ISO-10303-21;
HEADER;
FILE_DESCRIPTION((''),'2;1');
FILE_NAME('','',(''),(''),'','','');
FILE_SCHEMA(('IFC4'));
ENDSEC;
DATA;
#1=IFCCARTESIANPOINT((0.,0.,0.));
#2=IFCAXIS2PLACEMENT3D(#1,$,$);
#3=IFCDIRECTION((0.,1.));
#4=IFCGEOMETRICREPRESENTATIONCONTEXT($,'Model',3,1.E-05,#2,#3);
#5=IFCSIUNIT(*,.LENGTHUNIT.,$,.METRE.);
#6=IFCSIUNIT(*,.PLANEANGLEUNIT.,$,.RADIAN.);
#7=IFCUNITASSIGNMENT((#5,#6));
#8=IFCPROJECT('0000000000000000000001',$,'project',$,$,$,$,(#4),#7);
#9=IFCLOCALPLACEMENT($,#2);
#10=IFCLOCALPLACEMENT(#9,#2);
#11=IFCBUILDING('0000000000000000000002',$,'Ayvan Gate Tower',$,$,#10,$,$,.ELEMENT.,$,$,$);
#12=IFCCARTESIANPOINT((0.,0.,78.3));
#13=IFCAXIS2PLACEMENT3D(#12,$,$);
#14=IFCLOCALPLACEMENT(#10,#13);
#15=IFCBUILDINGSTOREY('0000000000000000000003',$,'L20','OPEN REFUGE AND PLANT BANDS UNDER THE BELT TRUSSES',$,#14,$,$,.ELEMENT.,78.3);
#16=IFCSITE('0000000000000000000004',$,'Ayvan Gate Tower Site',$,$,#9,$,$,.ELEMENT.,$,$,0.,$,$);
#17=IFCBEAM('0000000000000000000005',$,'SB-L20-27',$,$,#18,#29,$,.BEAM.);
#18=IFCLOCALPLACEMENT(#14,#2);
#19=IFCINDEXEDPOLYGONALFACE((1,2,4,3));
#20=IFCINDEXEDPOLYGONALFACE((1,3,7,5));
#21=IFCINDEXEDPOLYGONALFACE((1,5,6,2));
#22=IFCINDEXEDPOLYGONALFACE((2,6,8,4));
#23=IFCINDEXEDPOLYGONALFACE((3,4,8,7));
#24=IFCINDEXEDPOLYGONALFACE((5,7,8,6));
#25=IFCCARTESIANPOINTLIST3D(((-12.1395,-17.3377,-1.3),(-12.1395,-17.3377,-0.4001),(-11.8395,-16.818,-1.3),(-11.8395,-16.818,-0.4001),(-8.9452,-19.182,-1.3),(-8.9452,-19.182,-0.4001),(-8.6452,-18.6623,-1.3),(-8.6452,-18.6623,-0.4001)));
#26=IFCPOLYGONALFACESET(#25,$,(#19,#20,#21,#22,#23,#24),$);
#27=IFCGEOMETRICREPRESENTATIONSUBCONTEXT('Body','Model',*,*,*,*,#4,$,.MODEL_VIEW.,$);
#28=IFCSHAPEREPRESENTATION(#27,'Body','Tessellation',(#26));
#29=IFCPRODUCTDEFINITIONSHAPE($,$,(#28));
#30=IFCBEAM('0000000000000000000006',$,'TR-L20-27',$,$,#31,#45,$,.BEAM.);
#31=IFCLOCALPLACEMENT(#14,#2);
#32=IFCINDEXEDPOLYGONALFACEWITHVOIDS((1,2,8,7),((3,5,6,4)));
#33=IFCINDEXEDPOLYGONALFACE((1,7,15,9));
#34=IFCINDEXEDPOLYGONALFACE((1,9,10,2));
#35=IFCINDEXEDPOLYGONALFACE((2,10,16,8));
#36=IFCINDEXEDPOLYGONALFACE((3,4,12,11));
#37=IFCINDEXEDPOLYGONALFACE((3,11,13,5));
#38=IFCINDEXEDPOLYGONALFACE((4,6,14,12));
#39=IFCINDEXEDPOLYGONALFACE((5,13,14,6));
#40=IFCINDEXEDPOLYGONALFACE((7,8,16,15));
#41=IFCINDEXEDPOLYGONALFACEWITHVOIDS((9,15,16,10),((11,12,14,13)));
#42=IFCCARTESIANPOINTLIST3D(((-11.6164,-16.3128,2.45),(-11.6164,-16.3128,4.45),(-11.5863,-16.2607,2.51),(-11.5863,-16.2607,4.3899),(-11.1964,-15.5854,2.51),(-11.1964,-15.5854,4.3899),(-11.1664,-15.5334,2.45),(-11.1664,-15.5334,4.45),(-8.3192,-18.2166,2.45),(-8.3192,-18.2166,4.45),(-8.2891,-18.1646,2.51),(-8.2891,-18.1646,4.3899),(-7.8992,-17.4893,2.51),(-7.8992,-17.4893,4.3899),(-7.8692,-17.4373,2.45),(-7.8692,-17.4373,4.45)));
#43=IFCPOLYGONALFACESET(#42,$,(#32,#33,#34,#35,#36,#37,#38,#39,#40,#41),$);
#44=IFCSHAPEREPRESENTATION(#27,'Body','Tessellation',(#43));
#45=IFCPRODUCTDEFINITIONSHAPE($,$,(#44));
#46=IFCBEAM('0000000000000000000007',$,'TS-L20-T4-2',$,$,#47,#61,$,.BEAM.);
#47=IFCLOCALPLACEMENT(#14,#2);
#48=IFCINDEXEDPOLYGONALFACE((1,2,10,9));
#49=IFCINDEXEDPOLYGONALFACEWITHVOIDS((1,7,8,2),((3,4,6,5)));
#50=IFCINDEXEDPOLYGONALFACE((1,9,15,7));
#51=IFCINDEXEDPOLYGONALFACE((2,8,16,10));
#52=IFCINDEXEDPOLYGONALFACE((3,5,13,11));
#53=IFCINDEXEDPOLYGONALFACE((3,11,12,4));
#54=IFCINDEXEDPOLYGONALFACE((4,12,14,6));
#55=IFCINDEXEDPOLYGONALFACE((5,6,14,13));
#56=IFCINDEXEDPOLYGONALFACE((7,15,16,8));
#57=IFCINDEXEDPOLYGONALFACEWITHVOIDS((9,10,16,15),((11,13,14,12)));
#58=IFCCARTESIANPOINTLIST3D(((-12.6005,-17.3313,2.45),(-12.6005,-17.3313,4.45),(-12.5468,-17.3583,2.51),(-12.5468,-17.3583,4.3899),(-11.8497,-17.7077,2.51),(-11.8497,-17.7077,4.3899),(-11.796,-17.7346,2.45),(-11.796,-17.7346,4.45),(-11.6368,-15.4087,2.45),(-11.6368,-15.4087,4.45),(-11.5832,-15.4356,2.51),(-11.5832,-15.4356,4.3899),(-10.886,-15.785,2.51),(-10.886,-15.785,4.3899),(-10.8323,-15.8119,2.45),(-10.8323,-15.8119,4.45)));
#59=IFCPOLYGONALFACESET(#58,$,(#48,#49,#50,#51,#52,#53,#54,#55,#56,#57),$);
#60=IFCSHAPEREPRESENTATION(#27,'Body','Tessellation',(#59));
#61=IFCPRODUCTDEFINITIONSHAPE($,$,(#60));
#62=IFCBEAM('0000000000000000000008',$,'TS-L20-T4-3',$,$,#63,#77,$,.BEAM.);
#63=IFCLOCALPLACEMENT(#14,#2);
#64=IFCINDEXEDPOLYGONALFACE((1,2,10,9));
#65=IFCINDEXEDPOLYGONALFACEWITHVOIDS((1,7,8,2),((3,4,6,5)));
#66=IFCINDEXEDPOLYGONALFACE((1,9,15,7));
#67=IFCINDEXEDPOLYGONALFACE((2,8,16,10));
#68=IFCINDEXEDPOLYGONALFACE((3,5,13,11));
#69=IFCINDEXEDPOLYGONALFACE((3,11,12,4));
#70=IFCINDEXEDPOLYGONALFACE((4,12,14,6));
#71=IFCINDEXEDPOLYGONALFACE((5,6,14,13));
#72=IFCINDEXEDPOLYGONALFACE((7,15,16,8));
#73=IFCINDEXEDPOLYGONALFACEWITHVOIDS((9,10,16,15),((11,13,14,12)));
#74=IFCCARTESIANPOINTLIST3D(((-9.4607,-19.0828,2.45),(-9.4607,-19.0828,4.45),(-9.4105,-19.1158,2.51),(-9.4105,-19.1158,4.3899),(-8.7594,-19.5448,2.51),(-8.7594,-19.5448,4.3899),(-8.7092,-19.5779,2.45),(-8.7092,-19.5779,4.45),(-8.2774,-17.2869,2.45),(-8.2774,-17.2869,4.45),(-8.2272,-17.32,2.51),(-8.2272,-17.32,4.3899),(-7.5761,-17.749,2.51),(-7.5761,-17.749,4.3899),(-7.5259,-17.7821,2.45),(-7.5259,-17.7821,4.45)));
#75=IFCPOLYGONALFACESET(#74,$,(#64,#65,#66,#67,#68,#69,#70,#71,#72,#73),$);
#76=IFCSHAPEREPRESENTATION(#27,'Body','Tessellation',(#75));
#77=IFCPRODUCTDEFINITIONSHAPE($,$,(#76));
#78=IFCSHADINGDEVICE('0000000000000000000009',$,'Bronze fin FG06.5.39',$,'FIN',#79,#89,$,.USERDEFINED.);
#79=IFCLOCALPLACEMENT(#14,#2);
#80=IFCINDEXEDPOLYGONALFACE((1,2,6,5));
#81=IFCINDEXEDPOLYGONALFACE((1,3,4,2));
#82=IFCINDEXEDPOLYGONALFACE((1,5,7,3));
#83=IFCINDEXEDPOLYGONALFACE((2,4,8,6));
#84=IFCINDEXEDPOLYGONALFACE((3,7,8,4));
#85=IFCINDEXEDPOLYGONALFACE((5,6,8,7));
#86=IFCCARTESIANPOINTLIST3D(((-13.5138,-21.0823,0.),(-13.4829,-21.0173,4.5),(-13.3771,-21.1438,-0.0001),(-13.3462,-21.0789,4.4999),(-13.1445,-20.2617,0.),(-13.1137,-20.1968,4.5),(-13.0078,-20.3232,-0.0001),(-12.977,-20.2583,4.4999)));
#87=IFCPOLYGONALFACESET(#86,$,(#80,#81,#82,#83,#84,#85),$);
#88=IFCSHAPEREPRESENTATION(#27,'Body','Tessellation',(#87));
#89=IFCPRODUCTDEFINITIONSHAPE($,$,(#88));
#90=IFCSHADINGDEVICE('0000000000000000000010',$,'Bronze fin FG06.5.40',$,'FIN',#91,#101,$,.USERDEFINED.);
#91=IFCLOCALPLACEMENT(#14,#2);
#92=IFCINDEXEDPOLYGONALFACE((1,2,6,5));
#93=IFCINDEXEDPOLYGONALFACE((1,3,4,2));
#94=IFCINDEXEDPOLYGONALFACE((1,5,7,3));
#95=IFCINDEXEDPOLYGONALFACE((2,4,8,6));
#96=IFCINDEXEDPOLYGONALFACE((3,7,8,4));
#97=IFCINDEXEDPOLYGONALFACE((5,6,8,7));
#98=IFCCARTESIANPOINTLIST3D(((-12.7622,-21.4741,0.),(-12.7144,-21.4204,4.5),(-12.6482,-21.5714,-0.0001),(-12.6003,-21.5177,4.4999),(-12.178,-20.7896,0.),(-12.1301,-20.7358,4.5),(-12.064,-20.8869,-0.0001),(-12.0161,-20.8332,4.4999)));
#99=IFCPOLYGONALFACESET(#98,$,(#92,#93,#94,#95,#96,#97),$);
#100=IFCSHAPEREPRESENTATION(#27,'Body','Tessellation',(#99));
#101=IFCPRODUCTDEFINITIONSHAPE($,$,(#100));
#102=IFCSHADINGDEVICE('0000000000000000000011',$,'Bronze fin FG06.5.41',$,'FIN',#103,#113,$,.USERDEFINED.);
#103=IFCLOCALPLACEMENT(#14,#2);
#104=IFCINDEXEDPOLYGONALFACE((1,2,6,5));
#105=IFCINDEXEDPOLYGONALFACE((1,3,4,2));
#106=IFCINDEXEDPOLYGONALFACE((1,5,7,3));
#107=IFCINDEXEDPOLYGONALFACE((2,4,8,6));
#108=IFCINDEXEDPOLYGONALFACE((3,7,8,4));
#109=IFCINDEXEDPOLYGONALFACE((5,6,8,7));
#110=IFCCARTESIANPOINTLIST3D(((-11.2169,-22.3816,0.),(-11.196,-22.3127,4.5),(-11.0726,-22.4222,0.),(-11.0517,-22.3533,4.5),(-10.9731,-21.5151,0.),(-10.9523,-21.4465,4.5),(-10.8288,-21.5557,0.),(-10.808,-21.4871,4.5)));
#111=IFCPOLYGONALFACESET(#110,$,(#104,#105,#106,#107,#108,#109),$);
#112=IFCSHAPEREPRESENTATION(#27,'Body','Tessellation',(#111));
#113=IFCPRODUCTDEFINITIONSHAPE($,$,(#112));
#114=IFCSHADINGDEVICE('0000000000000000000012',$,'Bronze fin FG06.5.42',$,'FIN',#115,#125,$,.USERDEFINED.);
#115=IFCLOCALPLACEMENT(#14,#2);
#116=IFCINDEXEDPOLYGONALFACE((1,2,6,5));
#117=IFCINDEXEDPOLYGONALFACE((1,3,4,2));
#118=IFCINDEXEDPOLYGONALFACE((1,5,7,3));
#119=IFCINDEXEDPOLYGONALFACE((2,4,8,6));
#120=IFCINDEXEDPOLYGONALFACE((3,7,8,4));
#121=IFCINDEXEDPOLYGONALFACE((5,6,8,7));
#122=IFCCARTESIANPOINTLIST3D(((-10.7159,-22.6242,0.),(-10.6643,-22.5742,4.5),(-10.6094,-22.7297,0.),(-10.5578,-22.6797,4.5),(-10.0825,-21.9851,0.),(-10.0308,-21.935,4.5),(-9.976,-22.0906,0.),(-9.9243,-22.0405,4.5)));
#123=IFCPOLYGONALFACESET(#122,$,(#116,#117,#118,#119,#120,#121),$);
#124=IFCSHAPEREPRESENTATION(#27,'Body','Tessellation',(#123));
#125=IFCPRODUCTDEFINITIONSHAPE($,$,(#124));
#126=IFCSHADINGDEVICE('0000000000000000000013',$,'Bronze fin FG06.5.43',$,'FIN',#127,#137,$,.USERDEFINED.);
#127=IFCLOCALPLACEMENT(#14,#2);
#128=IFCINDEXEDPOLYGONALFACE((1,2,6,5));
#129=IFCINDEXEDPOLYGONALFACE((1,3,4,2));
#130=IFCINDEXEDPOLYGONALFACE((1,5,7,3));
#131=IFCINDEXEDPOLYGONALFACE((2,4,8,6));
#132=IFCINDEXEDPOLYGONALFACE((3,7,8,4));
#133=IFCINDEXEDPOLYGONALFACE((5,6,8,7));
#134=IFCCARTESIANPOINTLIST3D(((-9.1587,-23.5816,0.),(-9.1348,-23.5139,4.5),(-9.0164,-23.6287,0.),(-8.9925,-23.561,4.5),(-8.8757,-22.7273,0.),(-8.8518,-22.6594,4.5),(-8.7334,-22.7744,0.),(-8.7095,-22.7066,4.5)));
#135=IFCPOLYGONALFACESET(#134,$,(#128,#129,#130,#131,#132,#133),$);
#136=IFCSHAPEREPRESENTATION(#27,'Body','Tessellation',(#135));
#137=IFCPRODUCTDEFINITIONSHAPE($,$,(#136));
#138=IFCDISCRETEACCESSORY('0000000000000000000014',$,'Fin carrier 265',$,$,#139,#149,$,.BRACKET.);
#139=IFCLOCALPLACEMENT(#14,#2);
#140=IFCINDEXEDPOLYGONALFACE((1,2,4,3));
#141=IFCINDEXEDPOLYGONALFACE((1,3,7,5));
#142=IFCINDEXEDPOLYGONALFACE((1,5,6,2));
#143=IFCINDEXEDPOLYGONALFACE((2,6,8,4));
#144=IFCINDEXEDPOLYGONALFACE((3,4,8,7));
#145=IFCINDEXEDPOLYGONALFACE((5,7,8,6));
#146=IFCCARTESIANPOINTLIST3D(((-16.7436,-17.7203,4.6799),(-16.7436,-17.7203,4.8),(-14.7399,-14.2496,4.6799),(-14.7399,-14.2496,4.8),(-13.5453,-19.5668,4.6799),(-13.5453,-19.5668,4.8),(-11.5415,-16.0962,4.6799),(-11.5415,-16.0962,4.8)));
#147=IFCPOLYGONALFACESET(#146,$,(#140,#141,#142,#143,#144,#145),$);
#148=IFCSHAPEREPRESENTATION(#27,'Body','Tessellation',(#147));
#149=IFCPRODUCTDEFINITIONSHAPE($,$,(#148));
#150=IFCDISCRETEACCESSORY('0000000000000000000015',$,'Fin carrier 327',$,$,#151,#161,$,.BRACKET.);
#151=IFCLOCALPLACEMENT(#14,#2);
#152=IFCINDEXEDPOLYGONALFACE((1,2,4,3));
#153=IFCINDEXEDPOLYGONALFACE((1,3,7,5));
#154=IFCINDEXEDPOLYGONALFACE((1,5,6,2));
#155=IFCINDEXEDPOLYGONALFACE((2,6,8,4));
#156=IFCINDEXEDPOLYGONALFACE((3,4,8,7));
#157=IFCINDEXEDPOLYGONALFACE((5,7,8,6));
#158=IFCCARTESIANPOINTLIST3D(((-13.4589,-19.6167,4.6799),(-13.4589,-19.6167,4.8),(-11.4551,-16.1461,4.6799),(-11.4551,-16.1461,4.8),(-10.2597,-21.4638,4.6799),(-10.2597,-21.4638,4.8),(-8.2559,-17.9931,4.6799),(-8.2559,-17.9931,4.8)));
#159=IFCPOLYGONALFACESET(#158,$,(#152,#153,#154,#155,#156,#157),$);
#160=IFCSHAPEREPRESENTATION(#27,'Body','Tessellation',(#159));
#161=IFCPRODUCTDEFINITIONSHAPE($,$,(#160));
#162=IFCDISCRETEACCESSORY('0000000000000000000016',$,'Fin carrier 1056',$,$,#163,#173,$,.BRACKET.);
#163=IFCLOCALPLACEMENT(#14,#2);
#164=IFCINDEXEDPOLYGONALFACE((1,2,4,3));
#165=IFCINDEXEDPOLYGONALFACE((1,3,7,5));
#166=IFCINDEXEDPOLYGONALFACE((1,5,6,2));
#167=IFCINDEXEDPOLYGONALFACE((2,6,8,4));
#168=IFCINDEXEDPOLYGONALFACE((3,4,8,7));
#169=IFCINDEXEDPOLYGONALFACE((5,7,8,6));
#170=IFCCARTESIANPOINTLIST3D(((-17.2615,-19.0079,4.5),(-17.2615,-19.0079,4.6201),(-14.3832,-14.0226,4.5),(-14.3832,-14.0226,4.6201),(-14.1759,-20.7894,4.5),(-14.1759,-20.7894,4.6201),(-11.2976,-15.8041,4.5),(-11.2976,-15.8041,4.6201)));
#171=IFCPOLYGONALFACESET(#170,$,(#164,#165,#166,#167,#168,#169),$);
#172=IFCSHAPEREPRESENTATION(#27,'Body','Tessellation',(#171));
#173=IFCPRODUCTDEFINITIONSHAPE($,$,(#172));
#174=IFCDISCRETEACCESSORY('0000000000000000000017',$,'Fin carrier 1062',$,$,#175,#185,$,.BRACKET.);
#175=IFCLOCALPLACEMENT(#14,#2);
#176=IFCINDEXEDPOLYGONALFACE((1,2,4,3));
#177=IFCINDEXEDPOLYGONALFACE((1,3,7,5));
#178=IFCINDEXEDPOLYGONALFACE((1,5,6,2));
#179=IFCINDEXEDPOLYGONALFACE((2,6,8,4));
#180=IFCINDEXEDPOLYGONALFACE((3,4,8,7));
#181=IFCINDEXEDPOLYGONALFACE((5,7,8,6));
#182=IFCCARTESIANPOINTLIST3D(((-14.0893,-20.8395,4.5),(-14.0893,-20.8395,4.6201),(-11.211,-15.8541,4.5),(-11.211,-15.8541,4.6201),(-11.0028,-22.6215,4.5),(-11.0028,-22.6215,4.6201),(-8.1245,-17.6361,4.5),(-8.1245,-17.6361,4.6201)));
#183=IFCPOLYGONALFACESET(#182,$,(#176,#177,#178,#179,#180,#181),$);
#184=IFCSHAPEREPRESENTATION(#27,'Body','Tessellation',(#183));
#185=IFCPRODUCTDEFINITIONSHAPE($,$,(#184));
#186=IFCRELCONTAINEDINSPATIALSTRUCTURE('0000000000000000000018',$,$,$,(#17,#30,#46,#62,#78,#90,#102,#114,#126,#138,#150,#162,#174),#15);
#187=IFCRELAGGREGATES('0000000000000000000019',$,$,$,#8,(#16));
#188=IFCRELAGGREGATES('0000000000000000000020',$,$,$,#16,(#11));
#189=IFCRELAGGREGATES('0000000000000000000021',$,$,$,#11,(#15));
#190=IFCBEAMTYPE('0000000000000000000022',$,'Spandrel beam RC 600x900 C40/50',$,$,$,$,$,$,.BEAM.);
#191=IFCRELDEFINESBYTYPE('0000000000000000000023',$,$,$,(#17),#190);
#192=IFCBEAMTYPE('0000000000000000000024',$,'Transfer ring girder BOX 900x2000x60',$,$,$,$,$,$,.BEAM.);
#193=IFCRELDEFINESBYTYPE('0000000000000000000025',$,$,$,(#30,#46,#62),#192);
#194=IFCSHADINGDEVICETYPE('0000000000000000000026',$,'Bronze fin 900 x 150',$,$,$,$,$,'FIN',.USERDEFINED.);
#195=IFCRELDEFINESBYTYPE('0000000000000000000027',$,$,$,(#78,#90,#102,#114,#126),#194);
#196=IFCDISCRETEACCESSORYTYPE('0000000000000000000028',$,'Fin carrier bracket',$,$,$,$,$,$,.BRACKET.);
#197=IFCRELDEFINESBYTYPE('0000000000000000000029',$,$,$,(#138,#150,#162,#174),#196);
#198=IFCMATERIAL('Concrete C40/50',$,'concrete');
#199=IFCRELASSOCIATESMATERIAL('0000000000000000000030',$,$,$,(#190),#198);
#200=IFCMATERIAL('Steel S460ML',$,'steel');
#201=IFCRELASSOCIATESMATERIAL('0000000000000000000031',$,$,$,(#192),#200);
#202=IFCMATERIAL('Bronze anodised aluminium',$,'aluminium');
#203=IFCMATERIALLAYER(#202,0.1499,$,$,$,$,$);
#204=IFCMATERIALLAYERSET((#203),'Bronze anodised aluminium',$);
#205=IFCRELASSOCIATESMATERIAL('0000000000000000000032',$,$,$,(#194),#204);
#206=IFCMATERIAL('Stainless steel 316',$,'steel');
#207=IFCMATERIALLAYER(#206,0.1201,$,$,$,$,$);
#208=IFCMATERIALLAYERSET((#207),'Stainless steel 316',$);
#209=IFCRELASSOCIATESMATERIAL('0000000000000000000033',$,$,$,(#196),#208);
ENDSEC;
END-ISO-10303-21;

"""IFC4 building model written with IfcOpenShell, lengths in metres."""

from ifc_helpers import new_model, si_unit, direction, frame, origin, origin_2d, place, context, subcontext, project, spatial, polyline, rectangle, hollow_rectangle, outline, extrude, material, layer, layer_set, material_profile, profile_set, type_object, element, save


model = new_model("IFC4")

# Units and contexts
model_context = context("Model", 3, precision=1e-05, world=origin(), true_north=direction((0.0, 1.0)))
body_context = subcontext(model_context, "Body", "Model", "MODEL_VIEW")
ifc_project = project(units=[si_unit("LENGTHUNIT", "METRE"), si_unit("PLANEANGLEUNIT", "RADIAN")], contexts=[model_context])

# Site, building, storey
site_placement = place(None, origin())
site = spatial("IfcSite", under=ifc_project, at=site_placement, Name="Ayvan Gate Tower Site", CompositionType="ELEMENT", RefElevation=0.0)
building_placement = place(site_placement, origin())
building = spatial("IfcBuilding", under=site, at=building_placement, Name="Ayvan Gate Tower", CompositionType="ELEMENT")
storey_placement = place(building_placement, frame((0.0, 0.0, 78.3)))
storey = spatial("IfcBuildingStorey", under=building, at=storey_placement, Name="L20", Description="OPEN REFUGE AND PLANT BANDS UNDER THE BELT TRUSSES", CompositionType="ELEMENT", Elevation=78.3)

# Shared definitions
ifc_material_1 = material(Name="Steel S460ML", Category="steel")

# Beams
ifc_material_2 = material(Name="Concrete C40/50", Category="concrete")
ifc_material_profile_1 = material_profile(ifc_material_2, rectangle(XDim=0.6001, YDim=0.8999, at=origin_2d()), Name="RC 600x900")
ifc_profile_set_1 = profile_set([ifc_material_profile_1], Name="Concrete C40/50")
beam_type_1 = type_object("IfcBeamType", Name="Spandrel beam RC 600x900 C40/50", PredefinedType="BEAM", material=ifc_profile_set_1)
beam_1_placement = place(storey_placement, frame((-11.9895, -17.0779, -0.8501), z_axis=(0.866027, -0.499997, 0.0), x_axis=(0.499997, 0.866027, 0.0)))
element("IfcBeam", 1, at=beam_1_placement, inside=storey, type_object=beam_type_1, Name="SB-L20-27", PredefinedType="BEAM", context=body_context, shape_type="SweptSolid", body=[
    extrude(rectangle(XDim=0.6001, YDim=0.8999, at=origin_2d()), origin(), (0.0, 0.0, 1.0), 3.6885),
])
ifc_material_profile_2 = material_profile(ifc_material_1, hollow_rectangle(XDim=0.8999, YDim=2.0, WallThickness=0.0601, at=origin_2d()), Name="BOX 900x2000x60")
ifc_profile_set_2 = profile_set([ifc_material_profile_2], Name="Steel S460ML")
beam_type_2 = type_object("IfcBeamType", Name="Transfer ring girder BOX 900x2000x60", PredefinedType="BEAM", material=ifc_profile_set_2)
beam_2_placement = place(storey_placement, frame((-11.3914, -15.9231, 3.45), z_axis=(0.866001, -0.500043, 0.0), x_axis=(0.500043, 0.866001, 0.0)))
element("IfcBeam", 2, at=beam_2_placement, inside=storey, type_object=beam_type_2, Name="TR-L20-27", PredefinedType="BEAM", context=body_context, shape_type="SweptSolid", body=[
    extrude(hollow_rectangle(XDim=0.8999, YDim=2.0, WallThickness=0.0601, at=origin_2d()), origin(), (0.0, 0.0, 1.0), 3.8074),
])
for number, where, z_axis, x_axis, name in (
    (3, (-12.1982, -17.533, 3.45), (0.448076, 0.893995, 0.0), (-0.893995, 0.448076, 0.0), "TS-L20-T4-2"),
    (4, (-9.085, -19.3303, 3.45), (0.550213, 0.835025, 0.0), (-0.835025, 0.550213, 0.0), "TS-L20-T4-3"),
):
    element("IfcBeam", number, at=place(storey_placement, frame(where, z_axis=z_axis, x_axis=x_axis)), inside=storey, type_object=beam_type_2, Name=name, PredefinedType="BEAM", context=body_context, shape_type="SweptSolid", body=[
        extrude(hollow_rectangle(XDim=0.8999, YDim=2.0, WallThickness=0.0601, at=origin_2d()), origin(), (0.0, 0.0, 1.0), 2.1506),
    ])

# Shading devices
ifc_material_3 = material(Name="Bronze anodised aluminium", Category="aluminium")
ifc_layer_1 = layer(ifc_material_3, 0.1499)
ifc_layer_set_1 = layer_set([ifc_layer_1], Name="Bronze anodised aluminium")
shading_device_type = type_object("IfcShadingDeviceType", Name="Bronze fin 900 x 150", ElementType="FIN", PredefinedType="USERDEFINED", material=ifc_layer_set_1)
shading_device_1_placement = place(storey_placement, frame((-13.1445, -20.2617, 0.0), z_axis=(-0.911916, 0.410376, 0.000336), x_axis=(-0.410376, -0.911916, 0.0)))
element("IfcShadingDevice", 5, at=shading_device_1_placement, inside=storey, type_object=shading_device_type, Name="Bronze fin FG06.5.39", ObjectType="FIN", PredefinedType="USERDEFINED", context=body_context, shape_type="SweptSolid", body=[
    extrude(outline(polyline([(0.0, 0.0), (0.8999, 0.0), (0.8279, 4.5), (-0.0718, 4.5), (0.0, 0.0)])), origin(), (0.0, 0.0, -1.0), 0.1499),
])
shading_device_2_placement = place(storey_placement, frame((-12.178, -20.7896, 0.0), z_axis=(-0.760653, 0.649159, 0.00034), x_axis=(-0.649159, -0.760653, 0.0)))
element("IfcShadingDevice", 6, at=shading_device_2_placement, inside=storey, type_object=shading_device_type, Name="Bronze fin FG06.5.40", ObjectType="FIN", PredefinedType="USERDEFINED", context=body_context, shape_type="SweptSolid", body=[
    extrude(outline(polyline([(0.0, 0.0), (0.9, 0.0), (0.8281, 4.5), (-0.0719, 4.5), (0.0, 0.0)])), origin(), (0.0, 0.0, -1.0), 0.1499),
])
shading_device_3_placement = place(storey_placement, frame((-10.9731, -21.5151, 0.0), z_axis=(-0.962617, 0.270867, 0.000328), x_axis=(-0.270867, -0.962617, 0.0)))
element("IfcShadingDevice", 7, at=shading_device_3_placement, inside=storey, type_object=shading_device_type, Name="Bronze fin FG06.5.41", ObjectType="FIN", PredefinedType="USERDEFINED", context=body_context, shape_type="SweptSolid", body=[
    extrude(outline(polyline([(0.0, 0.0), (0.9001, 0.0), (0.8282, 4.5), (-0.0717, 4.5), (0.0, 0.0)])), origin(), (0.0, 0.0, -1.0), 0.1499),
])
shading_device_4_placement = place(storey_placement, frame((-10.0825, -21.9851, 0.0), z_axis=(-0.710287, 0.703912, 0.000321), x_axis=(-0.703912, -0.710287, 0.0)))
element("IfcShadingDevice", 8, at=shading_device_4_placement, inside=storey, type_object=shading_device_type, Name="Bronze fin FG06.5.42", ObjectType="FIN", PredefinedType="USERDEFINED", context=body_context, shape_type="SweptSolid", body=[
    extrude(outline(polyline([(0.0, 0.0), (0.8998, 0.0), (0.828, 4.5), (-0.072, 4.5), (0.0, 0.0)])), origin(), (0.0, 0.0, -1.0), 0.1499),
])
shading_device_5_placement = place(storey_placement, frame((-8.8757, -22.7273, 0.0), z_axis=(-0.949292, 0.314396, 0.000314), x_axis=(-0.314396, -0.949292, 0.0)))
element("IfcShadingDevice", 9, at=shading_device_5_placement, inside=storey, type_object=shading_device_type, Name="Bronze fin FG06.5.43", ObjectType="FIN", PredefinedType="USERDEFINED", context=body_context, shape_type="SweptSolid", body=[
    extrude(outline(polyline([(0.0, 0.0), (0.8999, 0.0), (0.8282, 4.5), (-0.072, 4.5), (0.0, 0.0)])), origin(), (0.0, 0.0, -1.0), 0.1499),
])

# Discrete accessories
ifc_material_4 = material(Name="Stainless steel 316", Category="steel")
ifc_layer_2 = layer(ifc_material_4, 0.1201)
ifc_layer_set_2 = layer_set([ifc_layer_2], Name="Stainless steel 316")
discrete_accessory_type_1 = type_object("IfcDiscreteAccessoryType", Name="Fin carrier bracket", PredefinedType="BRACKET", material=ifc_layer_set_2)
discrete_accessory_1_placement = place(storey_placement, frame((-14.1426, -16.9082, 4.6799), z_axis=(0.0, 0.0, 1.0), x_axis=(0.866025, -0.5, 0.0)))
element("IfcDiscreteAccessory", 10, at=discrete_accessory_1_placement, inside=storey, type_object=discrete_accessory_type_1, Name="Fin carrier 265", PredefinedType="BRACKET", context=body_context, shape_type="SweptSolid", body=[
    extrude(rectangle(XDim=3.6931, YDim=4.0076, at=origin_2d()), origin(), (0.0, 0.0, 1.0), 0.1201),
])
discrete_accessory_2_placement = place(storey_placement, frame((-10.8574, -18.8049, 4.6799), z_axis=(0.0, 0.0, 1.0), x_axis=(0.866025, -0.5, 0.0)))
element("IfcDiscreteAccessory", 11, at=discrete_accessory_2_placement, inside=storey, type_object=discrete_accessory_type_1, Name="Fin carrier 327", PredefinedType="BRACKET", context=body_context, shape_type="SweptSolid", body=[
    extrude(rectangle(XDim=3.6941, YDim=4.0076, at=origin_2d()), origin(), (0.0, 0.0, 1.0), 0.1201),
])
discrete_accessory_3_placement = place(storey_placement, frame((-14.2795, -17.406, 4.5), z_axis=(0.0, 0.0, 1.0), x_axis=(0.866025, -0.5, 0.0)))
element("IfcDiscreteAccessory", 12, at=discrete_accessory_3_placement, inside=storey, type_object=discrete_accessory_type_1, Name="Fin carrier 1056", PredefinedType="BRACKET", context=body_context, shape_type="SweptSolid", body=[
    extrude(rectangle(XDim=3.563, YDim=5.7566, at=origin_2d()), origin(), (0.0, 0.0, 1.0), 0.1201),
])
discrete_accessory_4_placement = place(storey_placement, frame((-11.1069, -19.2378, 4.5), z_axis=(0.0, 0.0, 1.0), x_axis=(0.866025, -0.5, 0.0)))
element("IfcDiscreteAccessory", 13, at=discrete_accessory_4_placement, inside=storey, type_object=discrete_accessory_type_1, Name="Fin carrier 1062", PredefinedType="BRACKET", context=body_context, shape_type="SweptSolid", body=[
    extrude(rectangle(XDim=3.564, YDim=5.7566, at=origin_2d()), origin(), (0.0, 0.0, 1.0), 0.1201),
])

save(model, "model.ifc")
